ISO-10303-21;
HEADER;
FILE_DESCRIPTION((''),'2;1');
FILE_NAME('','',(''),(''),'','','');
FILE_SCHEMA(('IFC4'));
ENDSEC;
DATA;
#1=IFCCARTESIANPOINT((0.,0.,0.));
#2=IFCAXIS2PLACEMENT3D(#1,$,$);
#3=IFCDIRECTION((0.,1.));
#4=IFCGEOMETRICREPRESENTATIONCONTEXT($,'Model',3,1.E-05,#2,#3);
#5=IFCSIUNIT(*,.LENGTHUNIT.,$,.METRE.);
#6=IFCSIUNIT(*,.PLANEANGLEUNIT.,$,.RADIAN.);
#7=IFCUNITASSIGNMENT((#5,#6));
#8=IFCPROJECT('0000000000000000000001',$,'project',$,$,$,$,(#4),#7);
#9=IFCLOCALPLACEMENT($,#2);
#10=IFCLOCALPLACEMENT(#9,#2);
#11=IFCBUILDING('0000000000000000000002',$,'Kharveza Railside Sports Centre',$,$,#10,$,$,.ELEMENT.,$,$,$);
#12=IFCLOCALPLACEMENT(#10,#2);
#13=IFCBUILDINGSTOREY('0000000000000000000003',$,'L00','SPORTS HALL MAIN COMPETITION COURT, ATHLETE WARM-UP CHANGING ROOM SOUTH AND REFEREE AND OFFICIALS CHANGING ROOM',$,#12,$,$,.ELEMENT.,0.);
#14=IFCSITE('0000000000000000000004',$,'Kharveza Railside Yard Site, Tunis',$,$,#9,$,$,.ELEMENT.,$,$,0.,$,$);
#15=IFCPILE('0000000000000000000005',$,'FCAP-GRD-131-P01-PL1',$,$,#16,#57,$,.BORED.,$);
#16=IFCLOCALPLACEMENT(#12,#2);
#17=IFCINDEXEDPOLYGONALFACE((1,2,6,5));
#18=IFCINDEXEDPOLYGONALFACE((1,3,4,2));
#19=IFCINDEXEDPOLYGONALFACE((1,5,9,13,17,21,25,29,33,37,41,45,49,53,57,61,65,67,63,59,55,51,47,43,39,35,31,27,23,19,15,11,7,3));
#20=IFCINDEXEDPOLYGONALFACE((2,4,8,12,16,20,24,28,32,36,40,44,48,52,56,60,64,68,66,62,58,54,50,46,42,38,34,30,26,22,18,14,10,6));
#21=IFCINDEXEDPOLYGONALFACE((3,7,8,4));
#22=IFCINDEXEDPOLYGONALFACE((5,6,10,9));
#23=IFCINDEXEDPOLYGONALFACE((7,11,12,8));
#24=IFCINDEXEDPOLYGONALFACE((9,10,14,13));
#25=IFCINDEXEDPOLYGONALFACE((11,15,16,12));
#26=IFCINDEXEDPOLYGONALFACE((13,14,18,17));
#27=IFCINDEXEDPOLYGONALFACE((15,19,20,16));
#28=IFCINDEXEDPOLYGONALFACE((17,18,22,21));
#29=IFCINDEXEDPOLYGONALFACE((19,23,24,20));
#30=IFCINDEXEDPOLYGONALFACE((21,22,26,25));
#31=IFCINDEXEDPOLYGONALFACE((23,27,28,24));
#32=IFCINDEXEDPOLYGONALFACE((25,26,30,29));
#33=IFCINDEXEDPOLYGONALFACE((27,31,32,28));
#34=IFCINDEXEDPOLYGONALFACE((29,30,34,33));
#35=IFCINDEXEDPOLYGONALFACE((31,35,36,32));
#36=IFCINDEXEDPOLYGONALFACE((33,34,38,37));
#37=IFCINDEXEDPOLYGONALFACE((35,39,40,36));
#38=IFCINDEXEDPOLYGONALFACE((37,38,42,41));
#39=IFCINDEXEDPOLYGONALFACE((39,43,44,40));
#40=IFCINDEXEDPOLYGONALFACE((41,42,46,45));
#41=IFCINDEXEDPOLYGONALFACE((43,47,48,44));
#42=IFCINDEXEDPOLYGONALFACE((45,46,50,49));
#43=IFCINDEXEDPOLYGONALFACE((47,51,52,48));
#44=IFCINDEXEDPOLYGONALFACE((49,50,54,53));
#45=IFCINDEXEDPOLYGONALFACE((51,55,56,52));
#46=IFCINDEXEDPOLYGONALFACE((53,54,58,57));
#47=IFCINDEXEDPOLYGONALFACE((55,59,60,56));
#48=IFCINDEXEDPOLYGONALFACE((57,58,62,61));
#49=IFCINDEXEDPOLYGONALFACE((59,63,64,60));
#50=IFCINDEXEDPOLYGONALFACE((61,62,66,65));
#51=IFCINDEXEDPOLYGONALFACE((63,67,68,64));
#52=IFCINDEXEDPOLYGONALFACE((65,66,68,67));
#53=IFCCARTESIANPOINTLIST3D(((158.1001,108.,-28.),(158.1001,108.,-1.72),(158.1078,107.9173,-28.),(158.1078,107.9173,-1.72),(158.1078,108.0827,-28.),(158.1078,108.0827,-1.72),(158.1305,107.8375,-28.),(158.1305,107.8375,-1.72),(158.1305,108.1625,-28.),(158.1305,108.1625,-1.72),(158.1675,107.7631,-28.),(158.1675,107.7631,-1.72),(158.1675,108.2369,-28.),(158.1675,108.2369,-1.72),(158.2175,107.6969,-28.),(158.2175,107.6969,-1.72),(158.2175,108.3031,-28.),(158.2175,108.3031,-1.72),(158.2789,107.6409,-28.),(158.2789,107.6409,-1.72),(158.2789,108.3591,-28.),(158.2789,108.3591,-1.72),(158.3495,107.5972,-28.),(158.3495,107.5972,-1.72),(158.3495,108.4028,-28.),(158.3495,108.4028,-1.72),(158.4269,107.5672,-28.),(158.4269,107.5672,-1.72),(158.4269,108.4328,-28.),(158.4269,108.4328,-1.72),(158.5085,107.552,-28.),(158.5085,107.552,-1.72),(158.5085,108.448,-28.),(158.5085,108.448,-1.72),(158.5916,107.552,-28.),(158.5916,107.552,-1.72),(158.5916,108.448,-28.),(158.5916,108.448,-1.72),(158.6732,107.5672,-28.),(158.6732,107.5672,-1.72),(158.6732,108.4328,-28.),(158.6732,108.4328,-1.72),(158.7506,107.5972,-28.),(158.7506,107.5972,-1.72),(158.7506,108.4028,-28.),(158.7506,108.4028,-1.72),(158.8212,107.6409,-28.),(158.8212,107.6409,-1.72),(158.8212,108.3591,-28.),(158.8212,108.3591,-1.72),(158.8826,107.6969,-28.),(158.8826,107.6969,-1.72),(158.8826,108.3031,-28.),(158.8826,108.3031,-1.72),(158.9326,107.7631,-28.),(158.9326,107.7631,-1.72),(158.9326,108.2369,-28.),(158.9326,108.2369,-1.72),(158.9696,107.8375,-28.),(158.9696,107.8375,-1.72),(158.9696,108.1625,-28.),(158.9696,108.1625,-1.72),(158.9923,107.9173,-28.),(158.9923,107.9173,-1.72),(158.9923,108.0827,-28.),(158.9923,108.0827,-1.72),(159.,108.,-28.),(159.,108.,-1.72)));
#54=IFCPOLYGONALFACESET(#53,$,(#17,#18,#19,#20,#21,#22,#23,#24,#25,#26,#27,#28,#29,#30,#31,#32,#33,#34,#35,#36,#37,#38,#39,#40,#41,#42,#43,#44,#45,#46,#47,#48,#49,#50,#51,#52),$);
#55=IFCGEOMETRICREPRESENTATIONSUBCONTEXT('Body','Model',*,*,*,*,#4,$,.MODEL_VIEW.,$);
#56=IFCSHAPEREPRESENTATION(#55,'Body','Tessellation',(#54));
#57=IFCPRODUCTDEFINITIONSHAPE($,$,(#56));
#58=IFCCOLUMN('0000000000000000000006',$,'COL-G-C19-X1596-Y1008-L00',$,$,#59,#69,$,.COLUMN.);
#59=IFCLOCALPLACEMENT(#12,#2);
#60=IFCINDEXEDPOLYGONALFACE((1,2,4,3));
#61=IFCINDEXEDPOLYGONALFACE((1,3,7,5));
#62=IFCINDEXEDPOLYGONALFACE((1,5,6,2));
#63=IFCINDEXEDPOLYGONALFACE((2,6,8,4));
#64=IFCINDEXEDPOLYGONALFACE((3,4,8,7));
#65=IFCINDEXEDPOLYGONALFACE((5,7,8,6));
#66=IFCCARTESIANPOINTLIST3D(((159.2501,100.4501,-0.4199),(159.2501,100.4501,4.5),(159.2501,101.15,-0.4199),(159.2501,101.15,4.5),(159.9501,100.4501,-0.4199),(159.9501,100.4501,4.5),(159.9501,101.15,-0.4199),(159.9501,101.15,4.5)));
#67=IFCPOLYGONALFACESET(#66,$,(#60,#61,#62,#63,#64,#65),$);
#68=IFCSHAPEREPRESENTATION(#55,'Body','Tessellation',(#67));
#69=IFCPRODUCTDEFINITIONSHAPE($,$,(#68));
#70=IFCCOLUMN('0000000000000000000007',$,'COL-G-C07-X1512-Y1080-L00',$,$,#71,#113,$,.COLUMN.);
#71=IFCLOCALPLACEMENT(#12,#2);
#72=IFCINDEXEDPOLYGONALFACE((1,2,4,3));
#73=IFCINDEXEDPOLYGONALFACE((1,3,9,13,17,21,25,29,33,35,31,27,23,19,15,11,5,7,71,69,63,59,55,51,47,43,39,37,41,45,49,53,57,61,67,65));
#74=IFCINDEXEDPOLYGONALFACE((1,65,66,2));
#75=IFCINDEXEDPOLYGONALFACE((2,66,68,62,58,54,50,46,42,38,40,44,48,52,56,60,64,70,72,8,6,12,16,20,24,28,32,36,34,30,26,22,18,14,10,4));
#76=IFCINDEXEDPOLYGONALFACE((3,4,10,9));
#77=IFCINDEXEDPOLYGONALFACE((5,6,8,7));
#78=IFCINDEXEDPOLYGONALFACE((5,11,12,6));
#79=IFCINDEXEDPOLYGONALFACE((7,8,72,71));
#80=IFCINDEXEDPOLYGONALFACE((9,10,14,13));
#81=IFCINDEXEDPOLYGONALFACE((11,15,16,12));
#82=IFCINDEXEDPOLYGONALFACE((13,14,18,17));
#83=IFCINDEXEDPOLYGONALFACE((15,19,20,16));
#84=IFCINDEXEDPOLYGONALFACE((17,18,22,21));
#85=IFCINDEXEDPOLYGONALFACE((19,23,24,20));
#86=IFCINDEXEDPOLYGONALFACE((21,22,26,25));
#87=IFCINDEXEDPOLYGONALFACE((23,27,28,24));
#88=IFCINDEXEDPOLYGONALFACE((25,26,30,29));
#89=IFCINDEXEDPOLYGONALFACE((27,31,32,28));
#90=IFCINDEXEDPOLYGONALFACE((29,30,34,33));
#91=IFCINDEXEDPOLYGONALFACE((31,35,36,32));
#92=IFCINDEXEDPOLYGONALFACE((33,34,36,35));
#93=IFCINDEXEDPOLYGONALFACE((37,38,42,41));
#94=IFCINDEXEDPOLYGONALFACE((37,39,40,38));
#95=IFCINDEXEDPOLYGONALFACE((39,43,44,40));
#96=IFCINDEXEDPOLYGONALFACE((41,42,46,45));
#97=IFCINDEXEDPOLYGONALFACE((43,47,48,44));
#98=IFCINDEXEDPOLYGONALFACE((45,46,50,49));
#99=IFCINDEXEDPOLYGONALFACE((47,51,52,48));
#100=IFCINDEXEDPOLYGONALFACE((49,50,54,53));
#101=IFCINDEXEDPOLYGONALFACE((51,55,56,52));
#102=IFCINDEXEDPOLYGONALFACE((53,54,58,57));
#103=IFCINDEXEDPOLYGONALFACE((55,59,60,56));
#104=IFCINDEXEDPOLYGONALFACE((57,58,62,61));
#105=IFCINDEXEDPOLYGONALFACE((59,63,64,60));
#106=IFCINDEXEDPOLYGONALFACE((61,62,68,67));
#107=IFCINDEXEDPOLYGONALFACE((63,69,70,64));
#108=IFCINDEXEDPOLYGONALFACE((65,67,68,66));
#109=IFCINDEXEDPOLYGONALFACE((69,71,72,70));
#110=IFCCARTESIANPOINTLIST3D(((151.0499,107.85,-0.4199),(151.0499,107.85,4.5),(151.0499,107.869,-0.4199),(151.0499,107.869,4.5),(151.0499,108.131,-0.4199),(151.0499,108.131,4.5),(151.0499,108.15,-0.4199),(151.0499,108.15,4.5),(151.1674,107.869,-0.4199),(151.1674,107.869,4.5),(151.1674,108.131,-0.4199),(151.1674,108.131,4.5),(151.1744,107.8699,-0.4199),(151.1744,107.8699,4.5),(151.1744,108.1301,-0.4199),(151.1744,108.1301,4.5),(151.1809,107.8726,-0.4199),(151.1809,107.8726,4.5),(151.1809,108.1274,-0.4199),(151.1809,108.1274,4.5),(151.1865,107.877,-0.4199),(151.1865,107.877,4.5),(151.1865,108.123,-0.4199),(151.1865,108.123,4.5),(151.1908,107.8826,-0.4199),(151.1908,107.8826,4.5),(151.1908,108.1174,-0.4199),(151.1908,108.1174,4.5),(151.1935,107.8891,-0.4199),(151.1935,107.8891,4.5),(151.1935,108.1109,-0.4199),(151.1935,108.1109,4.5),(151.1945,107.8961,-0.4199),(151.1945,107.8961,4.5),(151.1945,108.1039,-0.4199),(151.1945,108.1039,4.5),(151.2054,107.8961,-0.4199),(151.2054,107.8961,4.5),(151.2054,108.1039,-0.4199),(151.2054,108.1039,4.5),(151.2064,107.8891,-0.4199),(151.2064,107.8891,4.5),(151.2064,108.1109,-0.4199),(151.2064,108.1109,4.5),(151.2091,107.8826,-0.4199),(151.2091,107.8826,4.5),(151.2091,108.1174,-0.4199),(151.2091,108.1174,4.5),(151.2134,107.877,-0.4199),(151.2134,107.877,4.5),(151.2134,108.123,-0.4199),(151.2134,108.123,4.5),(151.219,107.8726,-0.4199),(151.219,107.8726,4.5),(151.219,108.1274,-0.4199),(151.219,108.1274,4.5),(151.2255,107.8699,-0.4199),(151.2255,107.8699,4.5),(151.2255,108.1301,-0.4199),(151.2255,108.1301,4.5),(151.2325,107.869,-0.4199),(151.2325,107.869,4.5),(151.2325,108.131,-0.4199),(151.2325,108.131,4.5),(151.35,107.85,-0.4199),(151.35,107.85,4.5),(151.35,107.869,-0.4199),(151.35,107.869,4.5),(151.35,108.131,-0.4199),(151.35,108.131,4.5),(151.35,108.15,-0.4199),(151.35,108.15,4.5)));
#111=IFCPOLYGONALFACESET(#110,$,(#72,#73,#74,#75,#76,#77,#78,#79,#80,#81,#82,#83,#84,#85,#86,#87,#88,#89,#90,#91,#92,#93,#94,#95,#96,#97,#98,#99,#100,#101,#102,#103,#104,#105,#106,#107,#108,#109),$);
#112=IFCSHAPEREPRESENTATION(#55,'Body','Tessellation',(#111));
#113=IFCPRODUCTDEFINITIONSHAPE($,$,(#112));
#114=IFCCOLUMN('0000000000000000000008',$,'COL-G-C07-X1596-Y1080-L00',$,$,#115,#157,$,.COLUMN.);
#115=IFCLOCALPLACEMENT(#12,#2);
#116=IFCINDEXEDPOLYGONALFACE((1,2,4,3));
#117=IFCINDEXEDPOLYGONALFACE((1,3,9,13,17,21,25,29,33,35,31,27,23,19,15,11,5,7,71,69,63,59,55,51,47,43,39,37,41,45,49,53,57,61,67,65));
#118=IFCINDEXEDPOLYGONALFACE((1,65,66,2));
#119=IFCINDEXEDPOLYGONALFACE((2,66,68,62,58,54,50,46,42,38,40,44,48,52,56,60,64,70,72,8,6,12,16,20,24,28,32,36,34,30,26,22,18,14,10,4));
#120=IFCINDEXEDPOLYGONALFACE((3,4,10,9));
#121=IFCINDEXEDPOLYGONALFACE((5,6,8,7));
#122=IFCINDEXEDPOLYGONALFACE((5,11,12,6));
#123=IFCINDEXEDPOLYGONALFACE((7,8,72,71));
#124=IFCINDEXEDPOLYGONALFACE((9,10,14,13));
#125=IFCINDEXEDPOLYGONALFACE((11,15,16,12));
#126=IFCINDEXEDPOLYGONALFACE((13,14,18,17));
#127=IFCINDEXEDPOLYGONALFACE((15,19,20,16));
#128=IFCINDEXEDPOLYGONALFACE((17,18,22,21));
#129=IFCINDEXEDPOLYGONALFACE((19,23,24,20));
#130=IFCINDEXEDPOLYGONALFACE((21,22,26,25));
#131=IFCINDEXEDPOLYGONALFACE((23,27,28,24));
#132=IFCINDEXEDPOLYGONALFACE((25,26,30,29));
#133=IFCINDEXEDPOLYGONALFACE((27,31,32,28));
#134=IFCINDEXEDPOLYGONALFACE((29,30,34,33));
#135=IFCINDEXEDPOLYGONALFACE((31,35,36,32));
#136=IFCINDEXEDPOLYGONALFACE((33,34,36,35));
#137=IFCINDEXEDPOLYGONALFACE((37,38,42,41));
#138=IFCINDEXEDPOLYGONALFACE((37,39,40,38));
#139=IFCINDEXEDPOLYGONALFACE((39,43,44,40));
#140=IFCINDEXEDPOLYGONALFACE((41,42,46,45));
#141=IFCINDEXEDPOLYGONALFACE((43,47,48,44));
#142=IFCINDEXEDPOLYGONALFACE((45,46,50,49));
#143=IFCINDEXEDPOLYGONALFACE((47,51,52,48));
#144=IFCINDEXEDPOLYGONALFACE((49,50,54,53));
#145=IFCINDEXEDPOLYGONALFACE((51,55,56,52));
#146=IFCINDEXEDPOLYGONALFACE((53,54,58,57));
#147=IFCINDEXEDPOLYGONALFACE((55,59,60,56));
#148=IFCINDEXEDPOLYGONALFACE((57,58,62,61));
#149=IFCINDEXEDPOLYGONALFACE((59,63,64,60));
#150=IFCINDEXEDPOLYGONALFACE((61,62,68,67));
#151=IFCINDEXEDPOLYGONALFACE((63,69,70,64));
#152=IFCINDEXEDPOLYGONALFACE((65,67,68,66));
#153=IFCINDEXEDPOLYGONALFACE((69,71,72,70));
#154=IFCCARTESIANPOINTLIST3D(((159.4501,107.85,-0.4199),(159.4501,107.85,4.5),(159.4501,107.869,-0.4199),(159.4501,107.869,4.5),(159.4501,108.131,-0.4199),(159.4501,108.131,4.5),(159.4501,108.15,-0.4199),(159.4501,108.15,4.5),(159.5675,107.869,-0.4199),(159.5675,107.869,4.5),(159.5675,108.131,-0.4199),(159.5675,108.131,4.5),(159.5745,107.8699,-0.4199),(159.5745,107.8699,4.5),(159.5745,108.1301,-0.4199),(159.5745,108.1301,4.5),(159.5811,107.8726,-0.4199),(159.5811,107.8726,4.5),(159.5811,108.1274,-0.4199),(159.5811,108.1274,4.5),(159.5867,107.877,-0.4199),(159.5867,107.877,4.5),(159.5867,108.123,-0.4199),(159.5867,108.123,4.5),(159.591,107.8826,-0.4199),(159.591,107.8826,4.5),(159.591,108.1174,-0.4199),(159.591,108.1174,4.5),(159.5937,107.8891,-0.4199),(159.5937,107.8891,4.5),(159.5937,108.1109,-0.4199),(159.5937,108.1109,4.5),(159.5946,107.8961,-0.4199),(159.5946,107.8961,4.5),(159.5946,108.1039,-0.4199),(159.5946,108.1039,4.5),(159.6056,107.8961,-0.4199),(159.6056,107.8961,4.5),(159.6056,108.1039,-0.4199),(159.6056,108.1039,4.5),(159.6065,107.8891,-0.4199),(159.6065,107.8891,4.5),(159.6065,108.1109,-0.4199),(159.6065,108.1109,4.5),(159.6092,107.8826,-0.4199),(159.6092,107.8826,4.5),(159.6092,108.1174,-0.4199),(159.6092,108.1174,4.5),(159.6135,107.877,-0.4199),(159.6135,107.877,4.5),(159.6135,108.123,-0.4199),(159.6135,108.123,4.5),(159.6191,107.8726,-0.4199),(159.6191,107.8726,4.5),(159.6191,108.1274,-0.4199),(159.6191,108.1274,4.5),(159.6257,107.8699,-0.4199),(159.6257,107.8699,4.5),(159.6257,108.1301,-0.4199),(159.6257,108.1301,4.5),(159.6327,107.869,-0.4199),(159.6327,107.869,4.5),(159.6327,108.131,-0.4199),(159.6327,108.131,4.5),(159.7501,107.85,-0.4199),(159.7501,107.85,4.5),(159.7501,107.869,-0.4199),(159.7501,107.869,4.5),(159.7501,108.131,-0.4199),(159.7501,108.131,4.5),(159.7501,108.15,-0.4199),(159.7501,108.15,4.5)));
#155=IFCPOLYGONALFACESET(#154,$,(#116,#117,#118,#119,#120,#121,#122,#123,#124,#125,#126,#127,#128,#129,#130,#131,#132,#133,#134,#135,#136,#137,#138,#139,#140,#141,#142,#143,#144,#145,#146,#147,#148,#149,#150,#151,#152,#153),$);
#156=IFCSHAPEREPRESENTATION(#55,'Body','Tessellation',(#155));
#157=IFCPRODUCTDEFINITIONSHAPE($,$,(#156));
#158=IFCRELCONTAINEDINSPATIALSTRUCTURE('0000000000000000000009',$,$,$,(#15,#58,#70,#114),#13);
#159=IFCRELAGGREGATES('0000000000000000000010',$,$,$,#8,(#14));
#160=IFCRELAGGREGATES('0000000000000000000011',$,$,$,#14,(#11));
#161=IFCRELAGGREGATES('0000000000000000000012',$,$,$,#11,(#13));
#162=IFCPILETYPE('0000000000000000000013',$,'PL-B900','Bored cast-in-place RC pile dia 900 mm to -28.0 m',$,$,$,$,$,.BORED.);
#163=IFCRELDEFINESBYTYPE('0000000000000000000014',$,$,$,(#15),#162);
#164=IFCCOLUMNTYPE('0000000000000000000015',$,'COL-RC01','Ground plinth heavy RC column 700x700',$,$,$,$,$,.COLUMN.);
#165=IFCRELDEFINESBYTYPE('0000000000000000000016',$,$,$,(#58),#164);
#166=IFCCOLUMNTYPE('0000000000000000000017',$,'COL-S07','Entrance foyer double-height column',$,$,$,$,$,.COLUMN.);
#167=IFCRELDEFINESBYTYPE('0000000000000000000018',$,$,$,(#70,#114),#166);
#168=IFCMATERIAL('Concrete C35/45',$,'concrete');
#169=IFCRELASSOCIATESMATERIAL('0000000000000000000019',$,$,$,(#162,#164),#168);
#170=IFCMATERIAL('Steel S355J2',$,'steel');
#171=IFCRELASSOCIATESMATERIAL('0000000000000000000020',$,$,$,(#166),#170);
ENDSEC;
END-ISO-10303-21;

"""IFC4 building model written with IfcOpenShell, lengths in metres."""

from ifc_helpers import new_model, si_unit, direction, frame, origin, origin_2d, place, context, subcontext, project, spatial, rectangle, circle, i_section, extrude, material, material_profile, profile_set, type_object, element, save


model = new_model("IFC4")

# Units and contexts
model_context = context("Model", 3, precision=1e-05, world=origin(), true_north=direction((0.0, 1.0)))
body_context = subcontext(model_context, "Body", "Model", "MODEL_VIEW")
ifc_project = project(units=[si_unit("LENGTHUNIT", "METRE"), si_unit("PLANEANGLEUNIT", "RADIAN")], contexts=[model_context])

# Site, building, storey
site_placement = place(None, origin())
site = spatial("IfcSite", under=ifc_project, at=site_placement, Name="Kharveza Railside Yard Site, Tunis", CompositionType="ELEMENT", RefElevation=0.0)
building_placement = place(site_placement, origin())
building = spatial("IfcBuilding", under=site, at=building_placement, Name="Kharveza Railside Sports Centre", CompositionType="ELEMENT")
storey_placement = place(building_placement, origin())
storey = spatial("IfcBuildingStorey", under=building, at=storey_placement, Name="L00", Description="SPORTS HALL MAIN COMPETITION COURT, ATHLETE WARM-UP CHANGING ROOM SOUTH AND REFEREE AND OFFICIALS CHANGING ROOM", CompositionType="ELEMENT", Elevation=0.0)

# Shared definitions
ifc_material_1 = material(Name="Concrete C35/45", Category="concrete")

# Pile
ifc_material_profile_1 = material_profile(ifc_material_1, circle(Radius=0.45, at=origin_2d()), Name="PILE D900")
ifc_profile_set_1 = profile_set([ifc_material_profile_1], Name="Concrete C35/45")
pile_type_1 = type_object("IfcPileType", Name="PL-B900", Description="Bored cast-in-place RC pile dia 900 mm to -28.0 m", PredefinedType="BORED", material=ifc_profile_set_1)
for number, where, z_axis, x_axis, name in (
    (1, (158.55, 108.0, -1.72), (0.0, 0.0, -1.0), (1.0, 0.0, 0.0), "FCAP-GRD-131-P01-PL1"),
):
    element("IfcPile", number, at=place(storey_placement, frame(where, z_axis=z_axis, x_axis=x_axis)), inside=storey, type_object=pile_type_1, Name=name, PredefinedType="BORED", context=body_context, shape_type="SweptSolid", body=[
        extrude(circle(Radius=0.45, at=origin_2d()), origin(), (0.0, 0.0, 1.0), 26.28),
    ])

# Columns
ifc_material_profile_2 = material_profile(ifc_material_1, rectangle(XDim=0.7, YDim=0.7, at=origin_2d()), Name="RC 700x700")
ifc_profile_set_2 = profile_set([ifc_material_profile_2], Name="Concrete C35/45")
column_type_1 = type_object("IfcColumnType", Name="COL-RC01", Description="Ground plinth heavy RC column 700x700", PredefinedType="COLUMN", material=ifc_profile_set_2)
column_placement = place(storey_placement, frame((159.6001, 100.8, -0.4199), z_axis=(0.0, 0.0, 1.0), x_axis=(1.0, 0.0, 0.0)))
element("IfcColumn", 2, at=column_placement, inside=storey, type_object=column_type_1, Name="COL-G-C19-X1596-Y1008-L00", PredefinedType="COLUMN", context=body_context, shape_type="SweptSolid", body=[
    extrude(rectangle(XDim=0.7, YDim=0.7, at=origin_2d()), origin(), (0.0, 0.0, 1.0), 4.9199),
])
ifc_material_2 = material(Name="Steel S355J2", Category="steel")
ifc_material_profile_3 = material_profile(ifc_material_2, i_section(OverallWidth=0.3, OverallDepth=0.3, WebThickness=0.011, FlangeThickness=0.019, FilletRadius=0.0271, at=origin_2d()), Name="HEB 300")
ifc_profile_set_3 = profile_set([ifc_material_profile_3], Name="Steel S355J2")
column_type_2 = type_object("IfcColumnType", Name="COL-S07", Description="Entrance foyer double-height column", PredefinedType="COLUMN", material=ifc_profile_set_3)
for number, where, z_axis, x_axis, name in (
    (3, (151.2, 108.0, -0.4199), (0.0, 0.0, 1.0), (1.0, 0.0, 0.0), "COL-G-C07-X1512-Y1080-L00"),
    (4, (159.6001, 108.0, -0.4199), (0.0, 0.0, 1.0), (1.0, 0.0, 0.0), "COL-G-C07-X1596-Y1080-L00"),
):
    element("IfcColumn", number, at=place(storey_placement, frame(where, z_axis=z_axis, x_axis=x_axis)), inside=storey, type_object=column_type_2, Name=name, PredefinedType="COLUMN", context=body_context, shape_type="SweptSolid", body=[
        extrude(i_section(OverallWidth=0.3, OverallDepth=0.3, WebThickness=0.011, FlangeThickness=0.019, FilletRadius=0.0271, at=origin_2d()), origin(), (0.0, 0.0, 1.0), 4.9199),
    ])

save(model, "model.ifc")
